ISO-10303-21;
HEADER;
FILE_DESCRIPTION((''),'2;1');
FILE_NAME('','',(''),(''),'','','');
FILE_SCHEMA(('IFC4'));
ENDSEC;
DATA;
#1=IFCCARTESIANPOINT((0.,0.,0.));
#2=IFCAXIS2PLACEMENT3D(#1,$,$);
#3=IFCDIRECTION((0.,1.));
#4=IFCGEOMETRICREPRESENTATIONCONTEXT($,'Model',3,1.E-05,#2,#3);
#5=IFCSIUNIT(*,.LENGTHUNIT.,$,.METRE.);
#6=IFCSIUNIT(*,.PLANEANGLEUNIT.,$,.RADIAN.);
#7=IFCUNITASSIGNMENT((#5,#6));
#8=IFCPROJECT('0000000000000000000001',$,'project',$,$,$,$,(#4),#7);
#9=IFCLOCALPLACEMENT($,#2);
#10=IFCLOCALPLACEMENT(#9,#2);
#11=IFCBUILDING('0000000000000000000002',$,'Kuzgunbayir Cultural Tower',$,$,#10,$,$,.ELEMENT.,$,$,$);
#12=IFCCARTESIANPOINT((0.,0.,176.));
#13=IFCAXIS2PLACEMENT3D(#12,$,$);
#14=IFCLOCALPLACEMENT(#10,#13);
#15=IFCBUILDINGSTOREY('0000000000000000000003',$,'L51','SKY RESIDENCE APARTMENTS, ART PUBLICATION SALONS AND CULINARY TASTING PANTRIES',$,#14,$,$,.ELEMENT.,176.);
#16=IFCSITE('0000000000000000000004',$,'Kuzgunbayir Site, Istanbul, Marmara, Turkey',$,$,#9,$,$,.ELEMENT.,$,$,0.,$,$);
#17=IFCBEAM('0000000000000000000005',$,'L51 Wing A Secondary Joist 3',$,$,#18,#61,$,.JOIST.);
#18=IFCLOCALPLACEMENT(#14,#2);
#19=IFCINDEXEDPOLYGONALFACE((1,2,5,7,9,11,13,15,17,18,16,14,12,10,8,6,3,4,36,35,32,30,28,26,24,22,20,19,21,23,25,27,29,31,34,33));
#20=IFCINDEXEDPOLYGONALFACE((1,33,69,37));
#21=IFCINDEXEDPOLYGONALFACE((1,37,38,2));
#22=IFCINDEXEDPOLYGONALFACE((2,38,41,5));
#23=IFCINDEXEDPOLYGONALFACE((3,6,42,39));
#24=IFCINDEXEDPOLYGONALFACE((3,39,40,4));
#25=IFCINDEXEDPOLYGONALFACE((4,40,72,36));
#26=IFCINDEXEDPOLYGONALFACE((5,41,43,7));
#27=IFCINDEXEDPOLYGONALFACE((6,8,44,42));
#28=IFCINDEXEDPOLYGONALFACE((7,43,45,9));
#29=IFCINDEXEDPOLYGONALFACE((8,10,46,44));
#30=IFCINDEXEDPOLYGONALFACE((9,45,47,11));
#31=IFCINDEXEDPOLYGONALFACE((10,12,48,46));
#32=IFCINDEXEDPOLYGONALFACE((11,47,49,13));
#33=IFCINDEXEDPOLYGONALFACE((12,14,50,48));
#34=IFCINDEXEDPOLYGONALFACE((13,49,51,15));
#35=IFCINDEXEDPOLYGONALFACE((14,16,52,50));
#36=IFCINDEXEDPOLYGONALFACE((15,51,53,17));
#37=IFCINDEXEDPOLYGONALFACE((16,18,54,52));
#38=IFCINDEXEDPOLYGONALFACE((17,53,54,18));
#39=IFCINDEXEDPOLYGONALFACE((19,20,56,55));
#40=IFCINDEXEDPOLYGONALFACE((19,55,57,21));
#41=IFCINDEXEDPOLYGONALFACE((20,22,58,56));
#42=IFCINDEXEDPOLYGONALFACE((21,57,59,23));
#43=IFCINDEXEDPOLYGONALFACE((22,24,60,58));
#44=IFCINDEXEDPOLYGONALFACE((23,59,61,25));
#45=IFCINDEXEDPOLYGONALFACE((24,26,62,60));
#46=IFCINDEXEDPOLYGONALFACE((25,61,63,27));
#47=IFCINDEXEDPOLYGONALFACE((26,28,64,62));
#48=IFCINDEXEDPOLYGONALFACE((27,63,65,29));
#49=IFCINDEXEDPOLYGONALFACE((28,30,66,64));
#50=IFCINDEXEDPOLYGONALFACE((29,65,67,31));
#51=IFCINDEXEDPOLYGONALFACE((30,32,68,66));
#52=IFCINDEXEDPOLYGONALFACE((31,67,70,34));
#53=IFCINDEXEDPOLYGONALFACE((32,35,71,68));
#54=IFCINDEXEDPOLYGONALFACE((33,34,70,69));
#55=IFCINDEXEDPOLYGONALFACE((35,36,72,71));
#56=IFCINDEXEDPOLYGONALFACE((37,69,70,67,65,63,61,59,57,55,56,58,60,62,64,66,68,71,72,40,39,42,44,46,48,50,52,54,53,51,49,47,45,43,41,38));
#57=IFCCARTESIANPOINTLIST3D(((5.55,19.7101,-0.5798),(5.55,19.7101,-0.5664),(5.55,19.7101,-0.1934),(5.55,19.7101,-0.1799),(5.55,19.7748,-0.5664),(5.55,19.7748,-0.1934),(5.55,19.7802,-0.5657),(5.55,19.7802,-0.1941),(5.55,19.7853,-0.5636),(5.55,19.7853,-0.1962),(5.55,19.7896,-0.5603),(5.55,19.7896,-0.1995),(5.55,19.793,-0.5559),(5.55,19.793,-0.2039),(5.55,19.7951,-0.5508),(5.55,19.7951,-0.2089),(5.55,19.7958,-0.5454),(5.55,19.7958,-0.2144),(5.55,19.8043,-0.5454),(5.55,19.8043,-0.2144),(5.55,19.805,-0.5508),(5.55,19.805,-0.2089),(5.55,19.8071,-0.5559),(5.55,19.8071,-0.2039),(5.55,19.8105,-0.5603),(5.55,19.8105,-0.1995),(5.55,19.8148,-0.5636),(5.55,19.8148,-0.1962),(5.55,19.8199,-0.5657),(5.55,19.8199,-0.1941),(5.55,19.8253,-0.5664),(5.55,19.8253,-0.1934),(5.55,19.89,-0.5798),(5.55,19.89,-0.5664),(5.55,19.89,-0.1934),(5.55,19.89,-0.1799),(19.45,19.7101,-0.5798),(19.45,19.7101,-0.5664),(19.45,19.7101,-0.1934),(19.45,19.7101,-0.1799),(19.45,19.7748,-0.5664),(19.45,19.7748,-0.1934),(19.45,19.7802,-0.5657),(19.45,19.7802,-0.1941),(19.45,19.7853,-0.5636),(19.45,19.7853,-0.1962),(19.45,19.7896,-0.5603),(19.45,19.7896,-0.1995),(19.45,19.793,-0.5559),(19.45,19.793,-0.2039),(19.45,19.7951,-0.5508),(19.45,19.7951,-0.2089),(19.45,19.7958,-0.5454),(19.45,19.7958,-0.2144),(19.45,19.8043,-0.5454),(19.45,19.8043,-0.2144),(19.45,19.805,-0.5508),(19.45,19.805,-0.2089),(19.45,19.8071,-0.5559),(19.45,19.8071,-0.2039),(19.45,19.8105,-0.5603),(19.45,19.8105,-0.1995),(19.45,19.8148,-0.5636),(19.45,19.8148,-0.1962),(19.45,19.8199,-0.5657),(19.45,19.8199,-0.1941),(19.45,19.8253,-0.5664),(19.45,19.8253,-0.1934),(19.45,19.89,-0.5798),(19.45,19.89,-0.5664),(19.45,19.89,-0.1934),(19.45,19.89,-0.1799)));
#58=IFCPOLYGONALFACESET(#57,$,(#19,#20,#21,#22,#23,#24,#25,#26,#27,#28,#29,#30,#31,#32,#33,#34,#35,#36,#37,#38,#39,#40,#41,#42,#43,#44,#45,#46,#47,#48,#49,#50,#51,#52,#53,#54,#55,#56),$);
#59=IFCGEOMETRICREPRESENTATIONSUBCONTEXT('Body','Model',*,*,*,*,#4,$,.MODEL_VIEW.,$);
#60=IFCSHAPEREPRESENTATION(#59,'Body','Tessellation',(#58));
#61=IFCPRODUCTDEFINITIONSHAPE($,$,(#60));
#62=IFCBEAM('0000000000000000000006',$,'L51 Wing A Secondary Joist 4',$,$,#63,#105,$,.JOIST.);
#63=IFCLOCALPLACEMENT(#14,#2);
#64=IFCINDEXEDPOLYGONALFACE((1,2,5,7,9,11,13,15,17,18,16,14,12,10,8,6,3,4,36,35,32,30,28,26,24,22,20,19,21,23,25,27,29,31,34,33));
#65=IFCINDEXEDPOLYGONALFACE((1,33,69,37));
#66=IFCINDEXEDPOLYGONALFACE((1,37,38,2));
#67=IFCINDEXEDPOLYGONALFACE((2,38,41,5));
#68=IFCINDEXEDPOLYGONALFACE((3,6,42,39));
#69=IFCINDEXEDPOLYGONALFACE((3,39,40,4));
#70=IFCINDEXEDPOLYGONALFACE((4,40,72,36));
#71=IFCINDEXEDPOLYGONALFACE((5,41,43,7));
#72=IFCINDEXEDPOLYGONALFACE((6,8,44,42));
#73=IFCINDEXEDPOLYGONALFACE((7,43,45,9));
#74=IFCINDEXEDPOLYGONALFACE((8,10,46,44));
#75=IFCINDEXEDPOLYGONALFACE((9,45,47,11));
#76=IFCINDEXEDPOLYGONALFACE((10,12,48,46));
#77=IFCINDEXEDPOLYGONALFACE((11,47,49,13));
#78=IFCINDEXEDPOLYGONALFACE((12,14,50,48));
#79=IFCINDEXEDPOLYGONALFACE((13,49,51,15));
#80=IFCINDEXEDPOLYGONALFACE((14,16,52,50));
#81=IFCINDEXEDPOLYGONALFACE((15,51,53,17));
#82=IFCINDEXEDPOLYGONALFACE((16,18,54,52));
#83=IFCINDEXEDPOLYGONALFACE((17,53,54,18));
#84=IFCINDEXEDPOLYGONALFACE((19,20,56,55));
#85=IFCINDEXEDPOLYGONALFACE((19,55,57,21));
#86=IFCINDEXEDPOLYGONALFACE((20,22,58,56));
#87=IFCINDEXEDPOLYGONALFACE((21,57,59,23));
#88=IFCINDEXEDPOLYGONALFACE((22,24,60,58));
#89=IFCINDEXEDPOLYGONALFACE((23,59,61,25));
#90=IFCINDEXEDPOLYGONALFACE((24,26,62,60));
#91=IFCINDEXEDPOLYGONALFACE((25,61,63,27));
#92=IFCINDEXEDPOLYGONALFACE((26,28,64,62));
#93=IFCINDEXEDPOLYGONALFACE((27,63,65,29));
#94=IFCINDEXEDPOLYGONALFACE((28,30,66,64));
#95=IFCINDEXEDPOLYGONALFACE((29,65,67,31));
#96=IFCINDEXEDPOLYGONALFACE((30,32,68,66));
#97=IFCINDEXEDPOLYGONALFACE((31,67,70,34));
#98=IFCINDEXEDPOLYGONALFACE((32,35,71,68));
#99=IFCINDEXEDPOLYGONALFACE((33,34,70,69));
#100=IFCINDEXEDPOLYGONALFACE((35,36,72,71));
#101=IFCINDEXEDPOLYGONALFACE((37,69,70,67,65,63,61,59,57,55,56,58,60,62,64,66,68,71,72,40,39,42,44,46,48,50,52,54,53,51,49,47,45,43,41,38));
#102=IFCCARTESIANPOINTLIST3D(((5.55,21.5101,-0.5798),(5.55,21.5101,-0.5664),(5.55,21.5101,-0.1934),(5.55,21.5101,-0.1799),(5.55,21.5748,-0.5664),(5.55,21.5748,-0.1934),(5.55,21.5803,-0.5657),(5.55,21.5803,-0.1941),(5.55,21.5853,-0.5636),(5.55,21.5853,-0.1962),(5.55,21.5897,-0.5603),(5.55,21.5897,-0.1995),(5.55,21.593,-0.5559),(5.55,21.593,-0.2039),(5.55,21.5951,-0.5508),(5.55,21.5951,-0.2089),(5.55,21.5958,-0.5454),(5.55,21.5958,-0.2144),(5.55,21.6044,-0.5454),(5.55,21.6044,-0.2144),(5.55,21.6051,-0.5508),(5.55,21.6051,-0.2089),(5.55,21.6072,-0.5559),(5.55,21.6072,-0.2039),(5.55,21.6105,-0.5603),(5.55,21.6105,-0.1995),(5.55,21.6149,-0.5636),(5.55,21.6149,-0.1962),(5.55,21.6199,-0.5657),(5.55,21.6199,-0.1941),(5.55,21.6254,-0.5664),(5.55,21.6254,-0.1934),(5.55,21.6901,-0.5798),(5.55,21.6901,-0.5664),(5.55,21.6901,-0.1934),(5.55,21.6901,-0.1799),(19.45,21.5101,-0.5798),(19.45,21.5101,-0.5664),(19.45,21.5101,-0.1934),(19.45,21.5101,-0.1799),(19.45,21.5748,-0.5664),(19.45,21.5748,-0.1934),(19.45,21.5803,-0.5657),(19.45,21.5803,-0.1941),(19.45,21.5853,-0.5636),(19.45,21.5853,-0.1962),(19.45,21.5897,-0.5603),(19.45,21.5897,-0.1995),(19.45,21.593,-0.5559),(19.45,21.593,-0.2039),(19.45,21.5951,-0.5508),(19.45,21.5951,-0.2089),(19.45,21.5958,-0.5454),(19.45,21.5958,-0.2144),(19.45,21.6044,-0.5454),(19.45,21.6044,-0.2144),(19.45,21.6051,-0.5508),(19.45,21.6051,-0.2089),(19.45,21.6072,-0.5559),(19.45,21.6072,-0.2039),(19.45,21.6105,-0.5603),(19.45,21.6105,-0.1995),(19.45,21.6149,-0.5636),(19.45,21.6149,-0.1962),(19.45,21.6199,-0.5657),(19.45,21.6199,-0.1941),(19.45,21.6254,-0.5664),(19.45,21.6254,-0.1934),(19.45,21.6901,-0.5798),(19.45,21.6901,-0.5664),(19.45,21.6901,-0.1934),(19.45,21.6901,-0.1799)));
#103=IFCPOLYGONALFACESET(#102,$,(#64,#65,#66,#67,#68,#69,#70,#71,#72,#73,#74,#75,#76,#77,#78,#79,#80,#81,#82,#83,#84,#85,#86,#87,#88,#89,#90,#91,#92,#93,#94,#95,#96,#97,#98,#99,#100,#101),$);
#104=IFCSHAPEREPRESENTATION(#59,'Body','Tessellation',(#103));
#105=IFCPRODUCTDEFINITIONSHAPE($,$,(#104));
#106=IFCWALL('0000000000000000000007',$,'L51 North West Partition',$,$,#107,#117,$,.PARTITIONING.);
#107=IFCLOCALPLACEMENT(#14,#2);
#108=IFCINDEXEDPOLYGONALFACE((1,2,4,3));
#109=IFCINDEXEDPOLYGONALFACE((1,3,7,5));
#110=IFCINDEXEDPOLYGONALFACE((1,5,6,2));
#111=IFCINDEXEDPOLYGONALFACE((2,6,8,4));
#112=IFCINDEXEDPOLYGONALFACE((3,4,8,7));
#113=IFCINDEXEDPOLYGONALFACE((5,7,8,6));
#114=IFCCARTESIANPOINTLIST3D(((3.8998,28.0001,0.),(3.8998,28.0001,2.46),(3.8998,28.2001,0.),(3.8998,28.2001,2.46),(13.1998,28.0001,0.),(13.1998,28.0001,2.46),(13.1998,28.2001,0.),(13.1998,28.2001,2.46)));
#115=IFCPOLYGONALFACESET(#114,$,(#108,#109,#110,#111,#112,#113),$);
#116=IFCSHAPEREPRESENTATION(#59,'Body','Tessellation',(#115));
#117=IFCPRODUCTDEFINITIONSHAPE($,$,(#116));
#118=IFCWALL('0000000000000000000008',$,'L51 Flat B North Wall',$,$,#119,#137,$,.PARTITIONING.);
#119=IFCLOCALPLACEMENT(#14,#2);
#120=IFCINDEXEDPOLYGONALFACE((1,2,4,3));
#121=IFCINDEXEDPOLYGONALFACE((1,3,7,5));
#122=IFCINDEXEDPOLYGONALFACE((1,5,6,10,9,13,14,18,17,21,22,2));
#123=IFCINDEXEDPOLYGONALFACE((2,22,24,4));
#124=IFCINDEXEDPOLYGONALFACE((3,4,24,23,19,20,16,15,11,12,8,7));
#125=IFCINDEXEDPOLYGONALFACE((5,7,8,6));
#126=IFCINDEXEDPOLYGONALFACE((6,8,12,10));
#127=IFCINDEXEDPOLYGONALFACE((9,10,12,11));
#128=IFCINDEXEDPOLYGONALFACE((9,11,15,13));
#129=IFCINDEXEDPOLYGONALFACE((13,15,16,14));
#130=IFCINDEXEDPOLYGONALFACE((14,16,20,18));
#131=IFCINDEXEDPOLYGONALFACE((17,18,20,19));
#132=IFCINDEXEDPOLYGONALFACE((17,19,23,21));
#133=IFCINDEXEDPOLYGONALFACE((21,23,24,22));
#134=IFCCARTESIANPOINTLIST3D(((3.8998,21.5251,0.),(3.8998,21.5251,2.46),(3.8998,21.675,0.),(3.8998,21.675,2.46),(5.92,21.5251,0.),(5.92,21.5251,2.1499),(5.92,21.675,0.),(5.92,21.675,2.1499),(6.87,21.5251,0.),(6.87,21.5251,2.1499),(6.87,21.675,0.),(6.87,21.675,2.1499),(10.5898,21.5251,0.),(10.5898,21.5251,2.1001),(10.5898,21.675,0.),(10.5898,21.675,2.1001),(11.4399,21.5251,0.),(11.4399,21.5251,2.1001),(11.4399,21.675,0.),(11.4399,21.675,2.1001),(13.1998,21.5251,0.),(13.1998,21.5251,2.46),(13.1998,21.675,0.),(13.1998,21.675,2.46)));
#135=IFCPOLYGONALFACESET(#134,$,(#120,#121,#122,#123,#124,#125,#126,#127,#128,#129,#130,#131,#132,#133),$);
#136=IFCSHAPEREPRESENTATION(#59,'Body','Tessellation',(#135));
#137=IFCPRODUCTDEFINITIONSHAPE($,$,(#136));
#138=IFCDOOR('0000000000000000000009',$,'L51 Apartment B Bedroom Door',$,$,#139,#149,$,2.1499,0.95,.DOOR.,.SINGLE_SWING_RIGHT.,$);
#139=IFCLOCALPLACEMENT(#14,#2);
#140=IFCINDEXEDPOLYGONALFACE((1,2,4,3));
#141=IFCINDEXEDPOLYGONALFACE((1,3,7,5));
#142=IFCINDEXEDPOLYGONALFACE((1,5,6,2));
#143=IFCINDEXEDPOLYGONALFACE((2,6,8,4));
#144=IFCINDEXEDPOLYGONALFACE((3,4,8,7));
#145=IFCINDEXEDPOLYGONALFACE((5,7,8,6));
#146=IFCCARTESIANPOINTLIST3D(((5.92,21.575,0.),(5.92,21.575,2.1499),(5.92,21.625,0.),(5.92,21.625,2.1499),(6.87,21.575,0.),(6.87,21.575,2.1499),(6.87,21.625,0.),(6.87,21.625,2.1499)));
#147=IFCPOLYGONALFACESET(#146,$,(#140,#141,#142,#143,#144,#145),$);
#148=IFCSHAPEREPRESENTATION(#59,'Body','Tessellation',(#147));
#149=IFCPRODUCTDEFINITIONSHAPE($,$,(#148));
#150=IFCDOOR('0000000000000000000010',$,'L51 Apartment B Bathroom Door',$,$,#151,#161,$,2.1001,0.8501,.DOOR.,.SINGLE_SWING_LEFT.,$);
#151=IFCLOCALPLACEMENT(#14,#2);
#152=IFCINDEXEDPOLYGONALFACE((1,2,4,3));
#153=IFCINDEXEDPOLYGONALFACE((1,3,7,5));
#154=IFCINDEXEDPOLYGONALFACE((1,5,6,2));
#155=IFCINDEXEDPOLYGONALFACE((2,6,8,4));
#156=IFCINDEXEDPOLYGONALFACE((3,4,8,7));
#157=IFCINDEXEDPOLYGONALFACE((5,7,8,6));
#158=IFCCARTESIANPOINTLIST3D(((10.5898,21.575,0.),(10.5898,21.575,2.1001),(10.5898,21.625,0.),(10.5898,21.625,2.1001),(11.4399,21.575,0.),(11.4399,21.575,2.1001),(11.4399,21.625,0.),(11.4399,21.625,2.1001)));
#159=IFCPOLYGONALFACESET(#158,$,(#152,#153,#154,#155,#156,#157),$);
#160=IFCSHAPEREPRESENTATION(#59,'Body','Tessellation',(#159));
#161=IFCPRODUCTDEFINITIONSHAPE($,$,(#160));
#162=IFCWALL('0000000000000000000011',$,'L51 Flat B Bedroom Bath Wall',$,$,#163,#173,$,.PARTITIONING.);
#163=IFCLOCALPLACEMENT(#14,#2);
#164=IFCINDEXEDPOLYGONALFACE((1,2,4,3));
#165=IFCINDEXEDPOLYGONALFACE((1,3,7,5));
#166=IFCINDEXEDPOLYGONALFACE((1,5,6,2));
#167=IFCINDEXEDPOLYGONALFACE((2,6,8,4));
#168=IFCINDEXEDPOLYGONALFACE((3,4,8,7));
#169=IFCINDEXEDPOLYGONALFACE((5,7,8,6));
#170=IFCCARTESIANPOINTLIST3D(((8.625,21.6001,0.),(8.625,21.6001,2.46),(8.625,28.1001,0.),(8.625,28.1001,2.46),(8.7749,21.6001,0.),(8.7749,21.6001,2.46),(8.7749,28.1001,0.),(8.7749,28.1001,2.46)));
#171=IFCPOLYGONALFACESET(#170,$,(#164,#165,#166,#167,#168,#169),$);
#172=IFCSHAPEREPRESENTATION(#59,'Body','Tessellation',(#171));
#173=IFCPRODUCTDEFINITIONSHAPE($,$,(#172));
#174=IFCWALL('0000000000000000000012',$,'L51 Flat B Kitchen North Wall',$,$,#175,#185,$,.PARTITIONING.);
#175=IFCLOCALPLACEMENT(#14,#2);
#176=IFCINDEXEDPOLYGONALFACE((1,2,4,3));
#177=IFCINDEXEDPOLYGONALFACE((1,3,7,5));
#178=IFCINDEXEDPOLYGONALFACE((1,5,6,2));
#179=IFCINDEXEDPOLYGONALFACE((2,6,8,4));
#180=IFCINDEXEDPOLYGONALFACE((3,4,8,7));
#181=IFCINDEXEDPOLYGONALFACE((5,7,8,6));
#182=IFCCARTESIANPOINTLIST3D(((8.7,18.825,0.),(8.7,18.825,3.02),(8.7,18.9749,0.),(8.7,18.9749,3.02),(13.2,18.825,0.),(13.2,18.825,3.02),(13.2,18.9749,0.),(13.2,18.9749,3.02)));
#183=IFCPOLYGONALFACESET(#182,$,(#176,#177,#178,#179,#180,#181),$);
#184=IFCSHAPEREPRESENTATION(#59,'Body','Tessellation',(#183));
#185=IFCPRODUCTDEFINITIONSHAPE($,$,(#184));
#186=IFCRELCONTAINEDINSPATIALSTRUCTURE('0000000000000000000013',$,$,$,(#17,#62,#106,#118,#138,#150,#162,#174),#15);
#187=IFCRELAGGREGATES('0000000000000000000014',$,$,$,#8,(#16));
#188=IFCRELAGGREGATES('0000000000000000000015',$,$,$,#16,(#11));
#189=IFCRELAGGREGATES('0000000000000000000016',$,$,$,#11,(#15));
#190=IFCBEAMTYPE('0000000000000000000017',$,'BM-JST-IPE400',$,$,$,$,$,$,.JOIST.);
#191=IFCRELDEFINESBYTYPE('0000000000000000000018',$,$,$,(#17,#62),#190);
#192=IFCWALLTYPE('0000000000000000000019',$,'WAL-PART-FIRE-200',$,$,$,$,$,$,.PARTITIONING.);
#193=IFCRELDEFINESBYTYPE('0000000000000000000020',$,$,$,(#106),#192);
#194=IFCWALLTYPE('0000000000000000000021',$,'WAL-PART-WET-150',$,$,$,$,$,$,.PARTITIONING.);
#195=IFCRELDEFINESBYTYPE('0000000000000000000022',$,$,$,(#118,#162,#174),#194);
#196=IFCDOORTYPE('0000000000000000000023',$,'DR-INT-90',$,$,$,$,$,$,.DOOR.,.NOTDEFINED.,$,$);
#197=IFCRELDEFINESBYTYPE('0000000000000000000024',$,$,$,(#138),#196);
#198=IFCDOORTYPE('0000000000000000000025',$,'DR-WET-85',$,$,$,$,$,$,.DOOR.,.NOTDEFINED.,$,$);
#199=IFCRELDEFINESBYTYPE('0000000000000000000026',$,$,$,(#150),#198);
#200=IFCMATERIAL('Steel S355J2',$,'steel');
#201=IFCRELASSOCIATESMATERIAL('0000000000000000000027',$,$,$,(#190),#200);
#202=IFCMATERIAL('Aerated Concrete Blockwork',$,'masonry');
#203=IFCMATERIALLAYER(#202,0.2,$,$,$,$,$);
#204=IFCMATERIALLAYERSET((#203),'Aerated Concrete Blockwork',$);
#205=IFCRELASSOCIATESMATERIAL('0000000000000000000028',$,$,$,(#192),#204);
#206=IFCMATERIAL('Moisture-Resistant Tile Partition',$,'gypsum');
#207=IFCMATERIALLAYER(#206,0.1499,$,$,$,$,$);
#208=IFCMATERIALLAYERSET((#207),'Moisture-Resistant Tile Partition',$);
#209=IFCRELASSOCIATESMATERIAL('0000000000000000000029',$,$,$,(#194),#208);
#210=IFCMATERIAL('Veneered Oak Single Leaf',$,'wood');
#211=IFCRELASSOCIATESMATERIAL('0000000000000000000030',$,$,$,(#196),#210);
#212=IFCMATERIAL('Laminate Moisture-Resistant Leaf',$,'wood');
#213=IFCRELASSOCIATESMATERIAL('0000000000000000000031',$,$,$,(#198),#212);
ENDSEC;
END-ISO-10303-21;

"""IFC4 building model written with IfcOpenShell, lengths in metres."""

from ifc_helpers import new_model, si_unit, direction, frame, frame_2d, origin, origin_2d, place, context, subcontext, project, spatial, rectangle, i_section, extrude, material, layer, layer_set, material_profile, profile_set, type_object, element, fill, save


model = new_model("IFC4")

# Units and contexts
model_context = context("Model", 3, precision=1e-05, world=origin(), true_north=direction((0.0, 1.0)))
body_context = subcontext(model_context, "Body", "Model", "MODEL_VIEW")
ifc_project = project(units=[si_unit("LENGTHUNIT", "METRE"), si_unit("PLANEANGLEUNIT", "RADIAN")], contexts=[model_context])

# Site, building, storey
site_placement = place(None, origin())
site = spatial("IfcSite", under=ifc_project, at=site_placement, Name="Kuzgunbayir Site, Istanbul, Marmara, Turkey", CompositionType="ELEMENT", RefElevation=0.0)
building_placement = place(site_placement, origin())
building = spatial("IfcBuilding", under=site, at=building_placement, Name="Kuzgunbayir Cultural Tower", CompositionType="ELEMENT")
storey_placement = place(building_placement, frame((0.0, 0.0, 176.0)))
storey = spatial("IfcBuildingStorey", under=building, at=storey_placement, Name="L51", Description="SKY RESIDENCE APARTMENTS, ART PUBLICATION SALONS AND CULINARY TASTING PANTRIES", CompositionType="ELEMENT", Elevation=176.0)

# Beams
ifc_material_1 = material(Name="Steel S355J2", Category="steel")
ifc_material_profile_1 = material_profile(ifc_material_1, i_section(OverallWidth=0.1799, OverallDepth=0.3999, WebThickness=0.0085, FlangeThickness=0.0134, FilletRadius=0.021, at=origin_2d()), Name="IPE 400")
ifc_profile_set_1 = profile_set([ifc_material_profile_1], Name="Steel S355J2")
beam_type_1 = type_object("IfcBeamType", Name="BM-JST-IPE400", PredefinedType="JOIST", material=ifc_profile_set_1)
for number, where, z_axis, x_axis, name in (
    (1, (5.55, 19.8, -0.3799), (1.0, 0.0, 0.0), (0.0, 1.0, 0.0), "L51 Wing A Secondary Joist 3"),
    (2, (5.55, 21.6001, -0.3799), (1.0, 0.0, 0.0), (0.0, 1.0, 0.0), "L51 Wing A Secondary Joist 4"),
):
    element("IfcBeam", number, at=place(storey_placement, frame(where, z_axis=z_axis, x_axis=x_axis)), inside=storey, type_object=beam_type_1, Name=name, PredefinedType="JOIST", context=body_context, shape_type="SweptSolid", body=[
        extrude(i_section(OverallWidth=0.1799, OverallDepth=0.3999, WebThickness=0.0085, FlangeThickness=0.0134, FilletRadius=0.021, at=origin_2d()), origin(), (0.0, 0.0, 1.0), 13.8999),
    ])

# Wall
ifc_material_2 = material(Name="Aerated Concrete Blockwork", Category="masonry")
ifc_layer_1 = layer(ifc_material_2, 0.2)
ifc_layer_set_1 = layer_set([ifc_layer_1], Name="Aerated Concrete Blockwork")
wall_type_1 = type_object("IfcWallType", Name="WAL-PART-FIRE-200", PredefinedType="PARTITIONING", material=ifc_layer_set_1)
wall_1_placement = place(storey_placement, frame((3.8999, 28.1001, 0.0), z_axis=(0.0, 0.0, 1.0), x_axis=(1.0, 0.0, 0.0)))
element("IfcWall", 3, at=wall_1_placement, inside=storey, type_object=wall_type_1, Name="L51 North West Partition", PredefinedType="PARTITIONING", context=body_context, shape_type="SweptSolid", body=[
    extrude(rectangle(XDim=9.3, YDim=0.2, at=frame_2d((4.6499, 0.0))), origin(), (0.0, 0.0, 1.0), 2.46),
])

# Wall, openings, doors
ifc_material_3 = material(Name="Moisture-Resistant Tile Partition", Category="gypsum")
ifc_layer_2 = layer(ifc_material_3, 0.1499)
ifc_layer_set_2 = layer_set([ifc_layer_2], Name="Moisture-Resistant Tile Partition")
wall_type_2 = type_object("IfcWallType", Name="WAL-PART-WET-150", PredefinedType="PARTITIONING", material=ifc_layer_set_2)
wall_2_placement = place(storey_placement, frame((3.8999, 21.6001, 0.0), z_axis=(0.0, 0.0, 1.0), x_axis=(1.0, 0.0, 0.0)))
wall_2 = element("IfcWall", 4, at=wall_2_placement, inside=storey, type_object=wall_type_2, Name="L51 Flat B North Wall", PredefinedType="PARTITIONING", context=body_context, shape_type="SweptSolid", body=[
    extrude(rectangle(XDim=9.3, YDim=0.1499, at=frame_2d((4.6499, 0.0))), origin(), (0.0, 0.0, 1.0), 2.46),
])
opening_1_placement = place(wall_2_placement, frame((2.02, 0.0, 0.0)))
opening_1 = element("IfcOpeningElement", 5, at=opening_1_placement, cuts=wall_2, PredefinedType="OPENING", context=body_context, shape_type="SweptSolid", body=[
    extrude(rectangle(XDim=0.95, YDim=2.1499, at=frame_2d((0.4751, 1.075))), frame((0.0, 0.085, 0.0), z_axis=(0.0, -1.0, 0.0), x_axis=(1.0, 0.0, 0.0)), (0.0, 0.0, 1.0), 0.1699),
])
opening_2_placement = place(wall_2_placement, frame((6.6899, 0.0, 0.0)))
opening_2 = element("IfcOpeningElement", 6, at=opening_2_placement, cuts=wall_2, PredefinedType="OPENING", context=body_context, shape_type="SweptSolid", body=[
    extrude(rectangle(XDim=0.8501, YDim=2.1001, at=frame_2d((0.425, 1.05))), frame((0.0, 0.085, 0.0), z_axis=(0.0, -1.0, 0.0), x_axis=(1.0, 0.0, 0.0)), (0.0, 0.0, 1.0), 0.1699),
])
ifc_material_4 = material(Name="Veneered Oak Single Leaf", Category="wood")
door_type_1 = type_object("IfcDoorType", Name="DR-INT-90", OperationType="NOTDEFINED", PredefinedType="DOOR", material=ifc_material_4)
door_1_placement = place(opening_1_placement, origin())
door_1 = element("IfcDoor", 7, at=door_1_placement, inside=storey, type_object=door_type_1, Name="L51 Apartment B Bedroom Door", OperationType="SINGLE_SWING_RIGHT", OverallHeight=2.1499, OverallWidth=0.95, PredefinedType="DOOR", context=body_context, shape_type="SweptSolid", body=[
    extrude(rectangle(XDim=0.95, YDim=2.1499, at=frame_2d((0.4751, 1.075))), frame((0.0, 0.0249, 0.0), z_axis=(0.0, -1.0, 0.0), x_axis=(1.0, 0.0, 0.0)), (0.0, 0.0, 1.0), 0.05),
])
fill(opening_1, door_1)
ifc_material_5 = material(Name="Laminate Moisture-Resistant Leaf", Category="wood")
door_type_2 = type_object("IfcDoorType", Name="DR-WET-85", OperationType="NOTDEFINED", PredefinedType="DOOR", material=ifc_material_5)
door_2_placement = place(opening_2_placement, origin())
door_2 = element("IfcDoor", 8, at=door_2_placement, inside=storey, type_object=door_type_2, Name="L51 Apartment B Bathroom Door", OperationType="SINGLE_SWING_LEFT", OverallHeight=2.1001, OverallWidth=0.8501, PredefinedType="DOOR", context=body_context, shape_type="SweptSolid", body=[
    extrude(rectangle(XDim=0.8501, YDim=2.1001, at=frame_2d((0.425, 1.05))), frame((0.0, 0.0249, 0.0), z_axis=(0.0, -1.0, 0.0), x_axis=(1.0, 0.0, 0.0)), (0.0, 0.0, 1.0), 0.05),
])
fill(opening_2, door_2)

# Wall
wall_3_placement = place(storey_placement, frame((8.7, 21.6001, 0.0), z_axis=(0.0, 0.0, 1.0), x_axis=(0.0, 1.0, 0.0)))
element("IfcWall", 9, at=wall_3_placement, inside=storey, type_object=wall_type_2, Name="L51 Flat B Bedroom Bath Wall", PredefinedType="PARTITIONING", context=body_context, shape_type="SweptSolid", body=[
    extrude(rectangle(XDim=6.5, YDim=0.1499, at=frame_2d((3.25, 0.0))), origin(), (0.0, 0.0, 1.0), 2.46),
])

# Wall
wall_4_placement = place(storey_placement, frame((8.7, 18.8999, 0.0), z_axis=(0.0, 0.0, 1.0), x_axis=(1.0, 0.0, 0.0)))
element("IfcWall", 10, at=wall_4_placement, inside=storey, type_object=wall_type_2, Name="L51 Flat B Kitchen North Wall", PredefinedType="PARTITIONING", context=body_context, shape_type="SweptSolid", body=[
    extrude(rectangle(XDim=4.5, YDim=0.1499, at=frame_2d((2.25, 0.0))), origin(), (0.0, 0.0, 1.0), 3.02),
])

save(model, "model.ifc")
